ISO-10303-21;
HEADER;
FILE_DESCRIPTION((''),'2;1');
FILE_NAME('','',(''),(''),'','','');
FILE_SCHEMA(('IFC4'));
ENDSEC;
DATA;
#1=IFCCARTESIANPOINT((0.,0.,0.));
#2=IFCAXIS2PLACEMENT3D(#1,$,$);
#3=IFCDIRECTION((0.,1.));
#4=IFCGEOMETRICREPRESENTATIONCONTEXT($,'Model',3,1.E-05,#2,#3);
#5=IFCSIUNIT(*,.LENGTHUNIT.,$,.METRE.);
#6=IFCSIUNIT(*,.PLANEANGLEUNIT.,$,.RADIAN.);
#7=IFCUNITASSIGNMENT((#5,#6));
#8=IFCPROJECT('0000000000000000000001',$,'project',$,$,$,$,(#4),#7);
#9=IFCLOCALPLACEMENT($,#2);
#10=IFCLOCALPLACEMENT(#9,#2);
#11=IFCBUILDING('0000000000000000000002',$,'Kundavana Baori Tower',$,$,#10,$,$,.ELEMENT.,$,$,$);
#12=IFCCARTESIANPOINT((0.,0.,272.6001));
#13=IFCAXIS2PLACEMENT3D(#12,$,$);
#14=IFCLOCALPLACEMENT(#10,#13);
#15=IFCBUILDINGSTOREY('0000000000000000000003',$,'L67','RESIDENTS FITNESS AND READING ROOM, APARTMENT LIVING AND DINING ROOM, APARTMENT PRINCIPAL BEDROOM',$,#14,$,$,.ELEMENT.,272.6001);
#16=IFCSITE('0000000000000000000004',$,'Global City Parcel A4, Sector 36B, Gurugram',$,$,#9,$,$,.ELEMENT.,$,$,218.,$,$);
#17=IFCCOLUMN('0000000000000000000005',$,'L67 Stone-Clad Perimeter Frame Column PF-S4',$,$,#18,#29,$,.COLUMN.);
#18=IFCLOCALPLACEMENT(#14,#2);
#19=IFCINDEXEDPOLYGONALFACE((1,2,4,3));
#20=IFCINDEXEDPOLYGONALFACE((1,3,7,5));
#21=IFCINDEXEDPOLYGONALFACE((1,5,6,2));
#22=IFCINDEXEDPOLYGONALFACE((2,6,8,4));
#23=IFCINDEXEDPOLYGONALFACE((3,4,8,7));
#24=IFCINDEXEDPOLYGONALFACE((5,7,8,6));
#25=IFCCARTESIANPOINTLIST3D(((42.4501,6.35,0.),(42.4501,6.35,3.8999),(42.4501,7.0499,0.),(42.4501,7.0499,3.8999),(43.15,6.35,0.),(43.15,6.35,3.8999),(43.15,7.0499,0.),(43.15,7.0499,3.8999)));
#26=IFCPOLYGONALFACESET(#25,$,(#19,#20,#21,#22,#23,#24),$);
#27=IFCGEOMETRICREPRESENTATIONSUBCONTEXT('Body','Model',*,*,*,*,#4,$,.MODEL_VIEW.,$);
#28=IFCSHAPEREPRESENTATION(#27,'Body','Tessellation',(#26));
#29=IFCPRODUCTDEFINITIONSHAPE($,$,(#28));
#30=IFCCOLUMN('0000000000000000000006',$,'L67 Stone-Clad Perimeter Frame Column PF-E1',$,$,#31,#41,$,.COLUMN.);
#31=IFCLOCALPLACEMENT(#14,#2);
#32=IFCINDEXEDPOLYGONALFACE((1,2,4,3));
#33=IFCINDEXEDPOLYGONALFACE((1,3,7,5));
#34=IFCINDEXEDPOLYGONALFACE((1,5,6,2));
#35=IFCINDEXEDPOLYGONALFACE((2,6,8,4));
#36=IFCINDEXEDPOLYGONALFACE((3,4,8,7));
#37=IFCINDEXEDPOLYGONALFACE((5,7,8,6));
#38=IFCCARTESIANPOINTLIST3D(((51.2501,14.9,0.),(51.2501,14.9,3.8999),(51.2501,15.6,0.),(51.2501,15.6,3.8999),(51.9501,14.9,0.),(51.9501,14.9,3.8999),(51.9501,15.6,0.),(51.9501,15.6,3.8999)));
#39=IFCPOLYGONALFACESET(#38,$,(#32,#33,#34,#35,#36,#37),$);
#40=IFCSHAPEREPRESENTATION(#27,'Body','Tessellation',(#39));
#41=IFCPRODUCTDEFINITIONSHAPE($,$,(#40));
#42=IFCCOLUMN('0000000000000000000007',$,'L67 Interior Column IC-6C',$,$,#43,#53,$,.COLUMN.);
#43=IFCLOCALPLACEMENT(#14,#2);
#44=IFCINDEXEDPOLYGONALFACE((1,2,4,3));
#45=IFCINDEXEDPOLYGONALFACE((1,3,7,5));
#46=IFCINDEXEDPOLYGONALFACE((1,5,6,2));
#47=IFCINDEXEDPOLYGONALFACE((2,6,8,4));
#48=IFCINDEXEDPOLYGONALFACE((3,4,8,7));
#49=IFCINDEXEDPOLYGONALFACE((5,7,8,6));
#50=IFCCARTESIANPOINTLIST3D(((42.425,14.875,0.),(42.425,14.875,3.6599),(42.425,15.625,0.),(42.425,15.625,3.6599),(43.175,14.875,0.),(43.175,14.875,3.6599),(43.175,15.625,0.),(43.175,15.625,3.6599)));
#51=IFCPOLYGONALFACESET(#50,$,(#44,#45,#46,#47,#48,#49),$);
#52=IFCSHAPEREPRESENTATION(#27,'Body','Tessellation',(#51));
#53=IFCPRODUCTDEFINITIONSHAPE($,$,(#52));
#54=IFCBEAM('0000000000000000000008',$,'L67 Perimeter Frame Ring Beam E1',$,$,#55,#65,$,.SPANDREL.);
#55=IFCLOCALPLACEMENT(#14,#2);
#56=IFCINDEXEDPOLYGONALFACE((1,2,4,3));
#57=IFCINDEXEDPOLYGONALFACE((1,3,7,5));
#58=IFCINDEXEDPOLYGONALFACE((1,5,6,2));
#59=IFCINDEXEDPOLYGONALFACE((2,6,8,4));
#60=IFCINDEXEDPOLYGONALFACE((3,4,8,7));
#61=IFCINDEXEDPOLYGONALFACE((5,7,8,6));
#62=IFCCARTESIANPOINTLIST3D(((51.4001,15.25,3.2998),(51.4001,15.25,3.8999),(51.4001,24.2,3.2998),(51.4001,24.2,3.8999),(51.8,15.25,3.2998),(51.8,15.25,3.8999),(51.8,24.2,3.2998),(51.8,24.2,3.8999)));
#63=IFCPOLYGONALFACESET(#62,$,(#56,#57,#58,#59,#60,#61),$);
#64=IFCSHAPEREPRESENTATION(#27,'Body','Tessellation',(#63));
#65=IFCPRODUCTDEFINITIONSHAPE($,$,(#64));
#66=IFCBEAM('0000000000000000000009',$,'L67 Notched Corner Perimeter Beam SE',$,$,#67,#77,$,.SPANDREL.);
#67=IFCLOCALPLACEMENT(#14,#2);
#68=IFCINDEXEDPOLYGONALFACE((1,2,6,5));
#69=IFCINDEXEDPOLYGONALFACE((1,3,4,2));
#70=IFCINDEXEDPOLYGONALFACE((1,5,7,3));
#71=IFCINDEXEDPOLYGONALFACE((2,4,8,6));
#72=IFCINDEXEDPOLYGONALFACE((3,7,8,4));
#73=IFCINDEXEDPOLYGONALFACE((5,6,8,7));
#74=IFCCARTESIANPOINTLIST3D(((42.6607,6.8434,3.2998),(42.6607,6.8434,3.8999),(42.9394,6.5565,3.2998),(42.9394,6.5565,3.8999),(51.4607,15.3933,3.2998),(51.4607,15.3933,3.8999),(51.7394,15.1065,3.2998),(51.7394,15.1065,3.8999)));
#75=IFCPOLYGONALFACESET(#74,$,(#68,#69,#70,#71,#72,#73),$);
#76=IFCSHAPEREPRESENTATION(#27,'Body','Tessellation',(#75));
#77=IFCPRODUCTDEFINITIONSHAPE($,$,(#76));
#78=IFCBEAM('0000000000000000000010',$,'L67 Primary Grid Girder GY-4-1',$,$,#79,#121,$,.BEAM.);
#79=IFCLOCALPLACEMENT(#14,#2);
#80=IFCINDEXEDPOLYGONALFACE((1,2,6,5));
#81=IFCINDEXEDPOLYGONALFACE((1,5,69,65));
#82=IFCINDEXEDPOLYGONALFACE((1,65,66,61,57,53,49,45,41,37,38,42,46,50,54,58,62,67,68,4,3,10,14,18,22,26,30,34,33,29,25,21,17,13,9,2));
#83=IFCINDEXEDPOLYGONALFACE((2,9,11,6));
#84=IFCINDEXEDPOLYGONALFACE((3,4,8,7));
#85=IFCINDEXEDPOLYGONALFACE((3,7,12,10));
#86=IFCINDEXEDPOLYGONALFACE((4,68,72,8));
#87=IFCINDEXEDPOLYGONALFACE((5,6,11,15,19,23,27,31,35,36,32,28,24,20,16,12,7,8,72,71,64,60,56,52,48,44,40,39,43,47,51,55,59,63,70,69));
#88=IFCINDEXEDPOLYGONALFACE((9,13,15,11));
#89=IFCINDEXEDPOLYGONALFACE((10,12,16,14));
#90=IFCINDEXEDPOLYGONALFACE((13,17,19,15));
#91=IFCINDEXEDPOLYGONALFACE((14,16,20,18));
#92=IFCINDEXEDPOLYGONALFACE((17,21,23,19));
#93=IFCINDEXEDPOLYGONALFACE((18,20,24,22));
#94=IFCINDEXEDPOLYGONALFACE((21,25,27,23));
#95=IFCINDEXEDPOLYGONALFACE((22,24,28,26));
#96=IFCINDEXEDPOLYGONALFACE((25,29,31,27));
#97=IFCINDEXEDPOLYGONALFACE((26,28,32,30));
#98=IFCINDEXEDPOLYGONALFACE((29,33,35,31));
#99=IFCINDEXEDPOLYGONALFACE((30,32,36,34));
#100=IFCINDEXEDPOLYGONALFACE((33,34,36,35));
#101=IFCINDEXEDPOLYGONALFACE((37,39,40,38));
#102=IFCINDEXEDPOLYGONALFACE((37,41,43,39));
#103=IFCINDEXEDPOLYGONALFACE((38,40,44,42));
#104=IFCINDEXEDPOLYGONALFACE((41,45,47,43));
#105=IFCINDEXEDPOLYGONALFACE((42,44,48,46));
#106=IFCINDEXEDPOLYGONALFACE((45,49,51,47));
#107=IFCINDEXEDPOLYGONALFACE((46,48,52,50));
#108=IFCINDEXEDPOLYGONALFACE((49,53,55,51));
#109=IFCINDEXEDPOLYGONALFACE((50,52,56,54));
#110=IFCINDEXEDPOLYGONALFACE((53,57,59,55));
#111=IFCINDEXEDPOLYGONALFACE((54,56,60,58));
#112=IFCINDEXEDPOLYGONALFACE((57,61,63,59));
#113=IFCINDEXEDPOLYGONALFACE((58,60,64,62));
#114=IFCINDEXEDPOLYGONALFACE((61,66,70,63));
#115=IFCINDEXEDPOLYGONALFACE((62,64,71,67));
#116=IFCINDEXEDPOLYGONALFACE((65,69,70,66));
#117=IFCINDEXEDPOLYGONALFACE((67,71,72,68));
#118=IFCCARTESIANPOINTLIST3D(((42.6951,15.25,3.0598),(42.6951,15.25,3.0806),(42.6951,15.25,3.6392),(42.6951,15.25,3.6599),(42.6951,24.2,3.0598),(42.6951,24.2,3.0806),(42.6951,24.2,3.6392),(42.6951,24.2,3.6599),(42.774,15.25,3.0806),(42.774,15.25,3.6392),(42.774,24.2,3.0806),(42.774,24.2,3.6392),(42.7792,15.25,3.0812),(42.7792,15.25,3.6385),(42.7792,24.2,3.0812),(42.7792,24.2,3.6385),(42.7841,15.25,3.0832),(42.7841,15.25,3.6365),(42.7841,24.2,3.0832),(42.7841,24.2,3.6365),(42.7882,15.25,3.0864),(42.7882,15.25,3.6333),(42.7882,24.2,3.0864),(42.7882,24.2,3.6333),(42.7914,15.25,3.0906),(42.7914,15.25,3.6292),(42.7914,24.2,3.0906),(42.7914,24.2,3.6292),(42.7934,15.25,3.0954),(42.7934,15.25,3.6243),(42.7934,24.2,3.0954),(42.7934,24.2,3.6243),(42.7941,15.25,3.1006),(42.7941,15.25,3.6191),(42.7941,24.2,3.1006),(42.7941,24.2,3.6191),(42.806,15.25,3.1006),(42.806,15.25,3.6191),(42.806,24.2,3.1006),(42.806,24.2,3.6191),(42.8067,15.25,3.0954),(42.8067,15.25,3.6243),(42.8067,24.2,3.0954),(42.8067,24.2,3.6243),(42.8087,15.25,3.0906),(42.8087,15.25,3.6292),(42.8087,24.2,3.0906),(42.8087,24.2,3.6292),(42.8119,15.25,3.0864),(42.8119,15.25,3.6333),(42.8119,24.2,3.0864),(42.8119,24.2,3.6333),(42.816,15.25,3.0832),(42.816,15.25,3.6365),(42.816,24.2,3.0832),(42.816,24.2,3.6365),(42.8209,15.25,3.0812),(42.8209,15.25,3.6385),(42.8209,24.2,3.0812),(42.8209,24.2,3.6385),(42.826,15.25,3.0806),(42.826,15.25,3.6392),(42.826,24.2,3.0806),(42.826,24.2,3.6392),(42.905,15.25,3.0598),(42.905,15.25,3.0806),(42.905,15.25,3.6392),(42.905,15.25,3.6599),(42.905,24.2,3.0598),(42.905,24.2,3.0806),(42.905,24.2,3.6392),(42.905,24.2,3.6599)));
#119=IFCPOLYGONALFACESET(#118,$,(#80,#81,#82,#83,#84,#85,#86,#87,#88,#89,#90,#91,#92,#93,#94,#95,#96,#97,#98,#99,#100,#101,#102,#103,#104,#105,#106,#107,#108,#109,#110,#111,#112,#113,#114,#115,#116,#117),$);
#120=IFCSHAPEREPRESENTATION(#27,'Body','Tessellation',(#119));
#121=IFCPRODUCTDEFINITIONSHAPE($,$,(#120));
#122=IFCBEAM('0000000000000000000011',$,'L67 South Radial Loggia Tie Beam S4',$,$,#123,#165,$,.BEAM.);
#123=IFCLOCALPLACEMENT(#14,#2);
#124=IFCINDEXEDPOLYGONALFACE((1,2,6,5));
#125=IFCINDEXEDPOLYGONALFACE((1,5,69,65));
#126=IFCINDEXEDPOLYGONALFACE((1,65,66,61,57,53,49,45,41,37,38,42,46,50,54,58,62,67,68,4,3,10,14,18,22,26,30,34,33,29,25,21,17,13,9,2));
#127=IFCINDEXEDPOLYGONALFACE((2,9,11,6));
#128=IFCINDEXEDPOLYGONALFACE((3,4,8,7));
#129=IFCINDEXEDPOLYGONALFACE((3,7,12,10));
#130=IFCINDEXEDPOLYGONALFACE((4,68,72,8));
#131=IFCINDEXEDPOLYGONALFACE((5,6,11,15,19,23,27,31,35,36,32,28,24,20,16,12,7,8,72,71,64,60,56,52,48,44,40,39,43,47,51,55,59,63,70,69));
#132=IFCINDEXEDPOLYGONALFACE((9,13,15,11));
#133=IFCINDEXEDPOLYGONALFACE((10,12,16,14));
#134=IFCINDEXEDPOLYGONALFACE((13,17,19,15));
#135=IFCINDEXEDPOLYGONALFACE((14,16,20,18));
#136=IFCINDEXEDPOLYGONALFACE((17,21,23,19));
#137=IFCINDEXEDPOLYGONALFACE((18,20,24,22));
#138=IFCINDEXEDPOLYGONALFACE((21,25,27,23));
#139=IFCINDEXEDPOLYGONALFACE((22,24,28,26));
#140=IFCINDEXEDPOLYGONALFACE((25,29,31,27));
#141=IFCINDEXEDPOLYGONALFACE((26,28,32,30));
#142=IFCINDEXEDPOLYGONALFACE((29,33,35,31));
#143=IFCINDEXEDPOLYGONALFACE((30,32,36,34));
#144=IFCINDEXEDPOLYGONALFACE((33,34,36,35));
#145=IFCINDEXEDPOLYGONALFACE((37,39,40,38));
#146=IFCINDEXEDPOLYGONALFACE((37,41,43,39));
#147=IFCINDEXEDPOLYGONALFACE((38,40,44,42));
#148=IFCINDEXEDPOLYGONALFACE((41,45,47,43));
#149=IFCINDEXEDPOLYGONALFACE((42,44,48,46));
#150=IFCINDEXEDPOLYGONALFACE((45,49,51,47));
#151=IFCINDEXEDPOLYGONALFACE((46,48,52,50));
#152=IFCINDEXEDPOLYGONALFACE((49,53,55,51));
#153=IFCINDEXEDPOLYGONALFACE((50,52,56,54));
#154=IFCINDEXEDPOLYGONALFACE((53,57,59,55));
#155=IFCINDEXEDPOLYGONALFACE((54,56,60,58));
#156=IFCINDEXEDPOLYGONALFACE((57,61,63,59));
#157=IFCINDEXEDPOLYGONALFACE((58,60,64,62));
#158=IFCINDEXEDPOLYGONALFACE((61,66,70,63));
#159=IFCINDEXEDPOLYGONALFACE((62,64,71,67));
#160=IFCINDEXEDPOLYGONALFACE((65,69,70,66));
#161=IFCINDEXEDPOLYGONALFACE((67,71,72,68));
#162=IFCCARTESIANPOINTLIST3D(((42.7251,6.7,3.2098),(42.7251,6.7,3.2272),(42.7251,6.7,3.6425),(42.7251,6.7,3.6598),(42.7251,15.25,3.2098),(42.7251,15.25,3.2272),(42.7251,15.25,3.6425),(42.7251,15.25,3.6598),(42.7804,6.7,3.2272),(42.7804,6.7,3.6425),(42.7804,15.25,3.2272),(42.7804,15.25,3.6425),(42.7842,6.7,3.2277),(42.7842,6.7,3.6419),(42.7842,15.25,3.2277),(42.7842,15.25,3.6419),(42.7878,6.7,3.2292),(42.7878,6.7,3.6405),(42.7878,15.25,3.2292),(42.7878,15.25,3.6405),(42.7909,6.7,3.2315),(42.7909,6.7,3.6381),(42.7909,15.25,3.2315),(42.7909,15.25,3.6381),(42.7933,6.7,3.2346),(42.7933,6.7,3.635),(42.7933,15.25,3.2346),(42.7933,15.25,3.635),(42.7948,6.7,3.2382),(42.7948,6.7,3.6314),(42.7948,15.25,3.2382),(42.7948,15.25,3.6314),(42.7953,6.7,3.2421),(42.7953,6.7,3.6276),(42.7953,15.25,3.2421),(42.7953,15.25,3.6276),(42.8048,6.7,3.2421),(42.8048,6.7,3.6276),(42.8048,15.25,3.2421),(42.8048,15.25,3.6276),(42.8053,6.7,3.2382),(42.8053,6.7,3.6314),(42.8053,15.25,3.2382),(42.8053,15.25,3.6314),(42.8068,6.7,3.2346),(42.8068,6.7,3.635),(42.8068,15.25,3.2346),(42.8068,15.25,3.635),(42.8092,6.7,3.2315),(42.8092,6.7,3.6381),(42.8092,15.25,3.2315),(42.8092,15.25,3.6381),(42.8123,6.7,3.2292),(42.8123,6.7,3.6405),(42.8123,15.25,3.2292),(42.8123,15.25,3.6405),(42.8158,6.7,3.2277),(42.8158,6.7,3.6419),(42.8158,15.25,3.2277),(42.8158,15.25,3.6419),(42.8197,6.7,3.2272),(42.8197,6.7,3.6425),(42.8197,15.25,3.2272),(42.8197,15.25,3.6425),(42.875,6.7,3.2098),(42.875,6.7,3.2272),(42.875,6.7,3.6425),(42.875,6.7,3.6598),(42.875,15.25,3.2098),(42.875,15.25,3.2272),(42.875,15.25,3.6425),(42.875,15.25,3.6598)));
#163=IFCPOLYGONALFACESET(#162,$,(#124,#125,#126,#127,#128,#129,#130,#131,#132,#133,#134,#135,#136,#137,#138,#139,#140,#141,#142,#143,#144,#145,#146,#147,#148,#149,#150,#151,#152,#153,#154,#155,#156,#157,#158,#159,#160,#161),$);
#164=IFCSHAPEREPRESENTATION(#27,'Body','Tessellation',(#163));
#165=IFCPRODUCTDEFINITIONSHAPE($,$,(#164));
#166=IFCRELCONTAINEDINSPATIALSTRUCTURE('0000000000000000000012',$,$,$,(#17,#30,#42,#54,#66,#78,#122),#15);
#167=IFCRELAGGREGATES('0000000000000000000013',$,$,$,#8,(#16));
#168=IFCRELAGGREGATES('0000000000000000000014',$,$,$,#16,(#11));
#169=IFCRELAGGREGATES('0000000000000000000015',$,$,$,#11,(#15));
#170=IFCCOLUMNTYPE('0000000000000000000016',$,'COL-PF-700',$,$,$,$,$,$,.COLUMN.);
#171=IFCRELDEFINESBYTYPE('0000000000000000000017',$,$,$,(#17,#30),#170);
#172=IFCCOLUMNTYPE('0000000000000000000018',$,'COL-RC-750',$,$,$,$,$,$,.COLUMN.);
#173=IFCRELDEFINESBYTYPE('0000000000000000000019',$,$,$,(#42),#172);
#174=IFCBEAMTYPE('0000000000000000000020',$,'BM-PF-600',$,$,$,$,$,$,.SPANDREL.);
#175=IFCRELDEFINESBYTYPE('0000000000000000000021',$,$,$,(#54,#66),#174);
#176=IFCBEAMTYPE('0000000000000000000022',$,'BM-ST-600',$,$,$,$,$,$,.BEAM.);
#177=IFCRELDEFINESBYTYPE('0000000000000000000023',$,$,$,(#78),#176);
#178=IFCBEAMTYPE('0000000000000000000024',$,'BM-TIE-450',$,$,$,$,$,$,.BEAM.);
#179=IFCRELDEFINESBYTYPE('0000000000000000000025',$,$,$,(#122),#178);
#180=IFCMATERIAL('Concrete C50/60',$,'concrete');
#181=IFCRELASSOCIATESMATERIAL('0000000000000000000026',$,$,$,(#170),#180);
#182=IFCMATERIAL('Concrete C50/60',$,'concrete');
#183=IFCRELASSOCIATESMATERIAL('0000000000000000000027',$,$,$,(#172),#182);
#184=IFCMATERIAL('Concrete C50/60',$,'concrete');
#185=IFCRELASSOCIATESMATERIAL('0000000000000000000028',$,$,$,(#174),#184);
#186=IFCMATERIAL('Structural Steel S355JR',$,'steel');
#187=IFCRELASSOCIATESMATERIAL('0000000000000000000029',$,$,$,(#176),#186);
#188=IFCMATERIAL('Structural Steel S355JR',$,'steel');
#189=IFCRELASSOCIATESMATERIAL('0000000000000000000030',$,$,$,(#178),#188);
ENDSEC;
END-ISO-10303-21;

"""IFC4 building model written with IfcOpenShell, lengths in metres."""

from ifc_helpers import new_model, si_unit, direction, frame, origin, origin_2d, place, context, subcontext, project, spatial, rectangle, i_section, extrude, material, material_profile, profile_set, type_object, element, save


model = new_model("IFC4")

# Units and contexts
model_context = context("Model", 3, precision=1e-05, world=origin(), true_north=direction((0.0, 1.0)))
body_context = subcontext(model_context, "Body", "Model", "MODEL_VIEW")
ifc_project = project(units=[si_unit("LENGTHUNIT", "METRE"), si_unit("PLANEANGLEUNIT", "RADIAN")], contexts=[model_context])

# Site, building, storey
site_placement = place(None, origin())
site = spatial("IfcSite", under=ifc_project, at=site_placement, Name="Global City Parcel A4, Sector 36B, Gurugram", CompositionType="ELEMENT", RefElevation=218.0)
building_placement = place(site_placement, origin())
building = spatial("IfcBuilding", under=site, at=building_placement, Name="Kundavana Baori Tower", CompositionType="ELEMENT")
storey_placement = place(building_placement, frame((0.0, 0.0, 272.6001)))
storey = spatial("IfcBuildingStorey", under=building, at=storey_placement, Name="L67", Description="RESIDENTS FITNESS AND READING ROOM, APARTMENT LIVING AND DINING ROOM, APARTMENT PRINCIPAL BEDROOM", CompositionType="ELEMENT", Elevation=272.6001)

# Columns
ifc_material_1 = material(Name="Concrete C50/60", Category="concrete")
ifc_material_profile_1 = material_profile(ifc_material_1, rectangle(XDim=0.7, YDim=0.7, at=origin_2d()), Name="RC PF 700x700")
ifc_profile_set_1 = profile_set([ifc_material_profile_1], Name="Concrete C50/60")
column_type_1 = type_object("IfcColumnType", Name="COL-PF-700", PredefinedType="COLUMN", material=ifc_profile_set_1)
for number, where, z_axis, x_axis, name in (
    (1, (42.8, 6.7, 0.0), (0.0, 0.0, 1.0), (1.0, 0.0, 0.0), "L67 Stone-Clad Perimeter Frame Column PF-S4"),
    (2, (51.6001, 15.25, 0.0), (0.0, 0.0, 1.0), (1.0, 0.0, 0.0), "L67 Stone-Clad Perimeter Frame Column PF-E1"),
):
    element("IfcColumn", number, at=place(storey_placement, frame(where, z_axis=z_axis, x_axis=x_axis)), inside=storey, type_object=column_type_1, Name=name, PredefinedType="COLUMN", context=body_context, shape_type="SweptSolid", body=[
        extrude(rectangle(XDim=0.7, YDim=0.7, at=origin_2d()), origin(), (0.0, 0.0, 1.0), 3.8999),
    ])
ifc_material_2 = material(Name="Concrete C50/60", Category="concrete")
ifc_material_profile_2 = material_profile(ifc_material_2, rectangle(XDim=0.75, YDim=0.75, at=origin_2d()), Name="RC 750x750")
ifc_profile_set_2 = profile_set([ifc_material_profile_2], Name="Concrete C50/60")
column_type_2 = type_object("IfcColumnType", Name="COL-RC-750", PredefinedType="COLUMN", material=ifc_profile_set_2)
column_placement = place(storey_placement, frame((42.8, 15.25, 0.0), z_axis=(0.0, 0.0, 1.0), x_axis=(1.0, 0.0, 0.0)))
element("IfcColumn", 3, at=column_placement, inside=storey, type_object=column_type_2, Name="L67 Interior Column IC-6C", PredefinedType="COLUMN", context=body_context, shape_type="SweptSolid", body=[
    extrude(rectangle(XDim=0.75, YDim=0.75, at=origin_2d()), origin(), (0.0, 0.0, 1.0), 3.6599),
])

# Beams
ifc_material_3 = material(Name="Concrete C50/60", Category="concrete")
ifc_material_profile_3 = material_profile(ifc_material_3, rectangle(XDim=0.3999, YDim=0.6001, at=origin_2d()), Name="RC BM 400x600")
ifc_profile_set_3 = profile_set([ifc_material_profile_3], Name="Concrete C50/60")
beam_type_1 = type_object("IfcBeamType", Name="BM-PF-600", PredefinedType="SPANDREL", material=ifc_profile_set_3)
beam_1_placement = place(storey_placement, frame((51.6001, 15.25, 3.5999), z_axis=(0.0, 1.0, 0.0), x_axis=(-1.0, 0.0, 0.0)))
element("IfcBeam", 4, at=beam_1_placement, inside=storey, type_object=beam_type_1, Name="L67 Perimeter Frame Ring Beam E1", PredefinedType="SPANDREL", context=body_context, shape_type="SweptSolid", body=[
    extrude(rectangle(XDim=0.3999, YDim=0.6001, at=origin_2d()), origin(), (0.0, 0.0, 1.0), 8.95),
])
beam_2_placement = place(storey_placement, frame((42.8, 6.7, 3.5999), z_axis=(0.717221, 0.696846, 0.0), x_axis=(-0.696846, 0.717221, 0.0)))
element("IfcBeam", 5, at=beam_2_placement, inside=storey, type_object=beam_type_1, Name="L67 Notched Corner Perimeter Beam SE", PredefinedType="SPANDREL", context=body_context, shape_type="SweptSolid", body=[
    extrude(rectangle(XDim=0.3999, YDim=0.6001, at=origin_2d()), origin(), (0.0, 0.0, 1.0), 12.2695),
])
ifc_material_4 = material(Name="Structural Steel S355JR", Category="steel")
ifc_material_profile_4 = material_profile(ifc_material_4, i_section(OverallWidth=0.21, OverallDepth=0.6001, WebThickness=0.012, FlangeThickness=0.0208, FilletRadius=0.02, at=origin_2d()), Name="ISMB 600")
ifc_profile_set_4 = profile_set([ifc_material_profile_4], Name="Structural Steel S355JR")
beam_type_2 = type_object("IfcBeamType", Name="BM-ST-600", PredefinedType="BEAM", material=ifc_profile_set_4)
beam_3_placement = place(storey_placement, frame((42.8, 15.25, 3.3599), z_axis=(0.0, 1.0, 0.0), x_axis=(-1.0, 0.0, 0.0)))
element("IfcBeam", 6, at=beam_3_placement, inside=storey, type_object=beam_type_2, Name="L67 Primary Grid Girder GY-4-1", PredefinedType="BEAM", context=body_context, shape_type="SweptSolid", body=[
    extrude(i_section(OverallWidth=0.21, OverallDepth=0.6001, WebThickness=0.012, FlangeThickness=0.0208, FilletRadius=0.02, at=origin_2d()), origin(), (0.0, 0.0, 1.0), 8.95),
])
ifc_material_5 = material(Name="Structural Steel S355JR", Category="steel")
ifc_material_profile_5 = material_profile(ifc_material_5, i_section(OverallWidth=0.1499, OverallDepth=0.45, WebThickness=0.0095, FlangeThickness=0.0173, FilletRadius=0.0149, at=origin_2d()), Name="ISMB 450")
ifc_profile_set_5 = profile_set([ifc_material_profile_5], Name="Structural Steel S355JR")
beam_type_3 = type_object("IfcBeamType", Name="BM-TIE-450", PredefinedType="BEAM", material=ifc_profile_set_5)
beam_4_placement = place(storey_placement, frame((42.8, 15.25, 3.4348), z_axis=(0.0, -1.0, 0.0), x_axis=(1.0, 0.0, 0.0)))
element("IfcBeam", 7, at=beam_4_placement, inside=storey, type_object=beam_type_3, Name="L67 South Radial Loggia Tie Beam S4", PredefinedType="BEAM", context=body_context, shape_type="SweptSolid", body=[
    extrude(i_section(OverallWidth=0.1499, OverallDepth=0.45, WebThickness=0.0095, FlangeThickness=0.0173, FilletRadius=0.0149, at=origin_2d()), origin(), (0.0, 0.0, 1.0), 8.55),
])

save(model, "model.ifc")
